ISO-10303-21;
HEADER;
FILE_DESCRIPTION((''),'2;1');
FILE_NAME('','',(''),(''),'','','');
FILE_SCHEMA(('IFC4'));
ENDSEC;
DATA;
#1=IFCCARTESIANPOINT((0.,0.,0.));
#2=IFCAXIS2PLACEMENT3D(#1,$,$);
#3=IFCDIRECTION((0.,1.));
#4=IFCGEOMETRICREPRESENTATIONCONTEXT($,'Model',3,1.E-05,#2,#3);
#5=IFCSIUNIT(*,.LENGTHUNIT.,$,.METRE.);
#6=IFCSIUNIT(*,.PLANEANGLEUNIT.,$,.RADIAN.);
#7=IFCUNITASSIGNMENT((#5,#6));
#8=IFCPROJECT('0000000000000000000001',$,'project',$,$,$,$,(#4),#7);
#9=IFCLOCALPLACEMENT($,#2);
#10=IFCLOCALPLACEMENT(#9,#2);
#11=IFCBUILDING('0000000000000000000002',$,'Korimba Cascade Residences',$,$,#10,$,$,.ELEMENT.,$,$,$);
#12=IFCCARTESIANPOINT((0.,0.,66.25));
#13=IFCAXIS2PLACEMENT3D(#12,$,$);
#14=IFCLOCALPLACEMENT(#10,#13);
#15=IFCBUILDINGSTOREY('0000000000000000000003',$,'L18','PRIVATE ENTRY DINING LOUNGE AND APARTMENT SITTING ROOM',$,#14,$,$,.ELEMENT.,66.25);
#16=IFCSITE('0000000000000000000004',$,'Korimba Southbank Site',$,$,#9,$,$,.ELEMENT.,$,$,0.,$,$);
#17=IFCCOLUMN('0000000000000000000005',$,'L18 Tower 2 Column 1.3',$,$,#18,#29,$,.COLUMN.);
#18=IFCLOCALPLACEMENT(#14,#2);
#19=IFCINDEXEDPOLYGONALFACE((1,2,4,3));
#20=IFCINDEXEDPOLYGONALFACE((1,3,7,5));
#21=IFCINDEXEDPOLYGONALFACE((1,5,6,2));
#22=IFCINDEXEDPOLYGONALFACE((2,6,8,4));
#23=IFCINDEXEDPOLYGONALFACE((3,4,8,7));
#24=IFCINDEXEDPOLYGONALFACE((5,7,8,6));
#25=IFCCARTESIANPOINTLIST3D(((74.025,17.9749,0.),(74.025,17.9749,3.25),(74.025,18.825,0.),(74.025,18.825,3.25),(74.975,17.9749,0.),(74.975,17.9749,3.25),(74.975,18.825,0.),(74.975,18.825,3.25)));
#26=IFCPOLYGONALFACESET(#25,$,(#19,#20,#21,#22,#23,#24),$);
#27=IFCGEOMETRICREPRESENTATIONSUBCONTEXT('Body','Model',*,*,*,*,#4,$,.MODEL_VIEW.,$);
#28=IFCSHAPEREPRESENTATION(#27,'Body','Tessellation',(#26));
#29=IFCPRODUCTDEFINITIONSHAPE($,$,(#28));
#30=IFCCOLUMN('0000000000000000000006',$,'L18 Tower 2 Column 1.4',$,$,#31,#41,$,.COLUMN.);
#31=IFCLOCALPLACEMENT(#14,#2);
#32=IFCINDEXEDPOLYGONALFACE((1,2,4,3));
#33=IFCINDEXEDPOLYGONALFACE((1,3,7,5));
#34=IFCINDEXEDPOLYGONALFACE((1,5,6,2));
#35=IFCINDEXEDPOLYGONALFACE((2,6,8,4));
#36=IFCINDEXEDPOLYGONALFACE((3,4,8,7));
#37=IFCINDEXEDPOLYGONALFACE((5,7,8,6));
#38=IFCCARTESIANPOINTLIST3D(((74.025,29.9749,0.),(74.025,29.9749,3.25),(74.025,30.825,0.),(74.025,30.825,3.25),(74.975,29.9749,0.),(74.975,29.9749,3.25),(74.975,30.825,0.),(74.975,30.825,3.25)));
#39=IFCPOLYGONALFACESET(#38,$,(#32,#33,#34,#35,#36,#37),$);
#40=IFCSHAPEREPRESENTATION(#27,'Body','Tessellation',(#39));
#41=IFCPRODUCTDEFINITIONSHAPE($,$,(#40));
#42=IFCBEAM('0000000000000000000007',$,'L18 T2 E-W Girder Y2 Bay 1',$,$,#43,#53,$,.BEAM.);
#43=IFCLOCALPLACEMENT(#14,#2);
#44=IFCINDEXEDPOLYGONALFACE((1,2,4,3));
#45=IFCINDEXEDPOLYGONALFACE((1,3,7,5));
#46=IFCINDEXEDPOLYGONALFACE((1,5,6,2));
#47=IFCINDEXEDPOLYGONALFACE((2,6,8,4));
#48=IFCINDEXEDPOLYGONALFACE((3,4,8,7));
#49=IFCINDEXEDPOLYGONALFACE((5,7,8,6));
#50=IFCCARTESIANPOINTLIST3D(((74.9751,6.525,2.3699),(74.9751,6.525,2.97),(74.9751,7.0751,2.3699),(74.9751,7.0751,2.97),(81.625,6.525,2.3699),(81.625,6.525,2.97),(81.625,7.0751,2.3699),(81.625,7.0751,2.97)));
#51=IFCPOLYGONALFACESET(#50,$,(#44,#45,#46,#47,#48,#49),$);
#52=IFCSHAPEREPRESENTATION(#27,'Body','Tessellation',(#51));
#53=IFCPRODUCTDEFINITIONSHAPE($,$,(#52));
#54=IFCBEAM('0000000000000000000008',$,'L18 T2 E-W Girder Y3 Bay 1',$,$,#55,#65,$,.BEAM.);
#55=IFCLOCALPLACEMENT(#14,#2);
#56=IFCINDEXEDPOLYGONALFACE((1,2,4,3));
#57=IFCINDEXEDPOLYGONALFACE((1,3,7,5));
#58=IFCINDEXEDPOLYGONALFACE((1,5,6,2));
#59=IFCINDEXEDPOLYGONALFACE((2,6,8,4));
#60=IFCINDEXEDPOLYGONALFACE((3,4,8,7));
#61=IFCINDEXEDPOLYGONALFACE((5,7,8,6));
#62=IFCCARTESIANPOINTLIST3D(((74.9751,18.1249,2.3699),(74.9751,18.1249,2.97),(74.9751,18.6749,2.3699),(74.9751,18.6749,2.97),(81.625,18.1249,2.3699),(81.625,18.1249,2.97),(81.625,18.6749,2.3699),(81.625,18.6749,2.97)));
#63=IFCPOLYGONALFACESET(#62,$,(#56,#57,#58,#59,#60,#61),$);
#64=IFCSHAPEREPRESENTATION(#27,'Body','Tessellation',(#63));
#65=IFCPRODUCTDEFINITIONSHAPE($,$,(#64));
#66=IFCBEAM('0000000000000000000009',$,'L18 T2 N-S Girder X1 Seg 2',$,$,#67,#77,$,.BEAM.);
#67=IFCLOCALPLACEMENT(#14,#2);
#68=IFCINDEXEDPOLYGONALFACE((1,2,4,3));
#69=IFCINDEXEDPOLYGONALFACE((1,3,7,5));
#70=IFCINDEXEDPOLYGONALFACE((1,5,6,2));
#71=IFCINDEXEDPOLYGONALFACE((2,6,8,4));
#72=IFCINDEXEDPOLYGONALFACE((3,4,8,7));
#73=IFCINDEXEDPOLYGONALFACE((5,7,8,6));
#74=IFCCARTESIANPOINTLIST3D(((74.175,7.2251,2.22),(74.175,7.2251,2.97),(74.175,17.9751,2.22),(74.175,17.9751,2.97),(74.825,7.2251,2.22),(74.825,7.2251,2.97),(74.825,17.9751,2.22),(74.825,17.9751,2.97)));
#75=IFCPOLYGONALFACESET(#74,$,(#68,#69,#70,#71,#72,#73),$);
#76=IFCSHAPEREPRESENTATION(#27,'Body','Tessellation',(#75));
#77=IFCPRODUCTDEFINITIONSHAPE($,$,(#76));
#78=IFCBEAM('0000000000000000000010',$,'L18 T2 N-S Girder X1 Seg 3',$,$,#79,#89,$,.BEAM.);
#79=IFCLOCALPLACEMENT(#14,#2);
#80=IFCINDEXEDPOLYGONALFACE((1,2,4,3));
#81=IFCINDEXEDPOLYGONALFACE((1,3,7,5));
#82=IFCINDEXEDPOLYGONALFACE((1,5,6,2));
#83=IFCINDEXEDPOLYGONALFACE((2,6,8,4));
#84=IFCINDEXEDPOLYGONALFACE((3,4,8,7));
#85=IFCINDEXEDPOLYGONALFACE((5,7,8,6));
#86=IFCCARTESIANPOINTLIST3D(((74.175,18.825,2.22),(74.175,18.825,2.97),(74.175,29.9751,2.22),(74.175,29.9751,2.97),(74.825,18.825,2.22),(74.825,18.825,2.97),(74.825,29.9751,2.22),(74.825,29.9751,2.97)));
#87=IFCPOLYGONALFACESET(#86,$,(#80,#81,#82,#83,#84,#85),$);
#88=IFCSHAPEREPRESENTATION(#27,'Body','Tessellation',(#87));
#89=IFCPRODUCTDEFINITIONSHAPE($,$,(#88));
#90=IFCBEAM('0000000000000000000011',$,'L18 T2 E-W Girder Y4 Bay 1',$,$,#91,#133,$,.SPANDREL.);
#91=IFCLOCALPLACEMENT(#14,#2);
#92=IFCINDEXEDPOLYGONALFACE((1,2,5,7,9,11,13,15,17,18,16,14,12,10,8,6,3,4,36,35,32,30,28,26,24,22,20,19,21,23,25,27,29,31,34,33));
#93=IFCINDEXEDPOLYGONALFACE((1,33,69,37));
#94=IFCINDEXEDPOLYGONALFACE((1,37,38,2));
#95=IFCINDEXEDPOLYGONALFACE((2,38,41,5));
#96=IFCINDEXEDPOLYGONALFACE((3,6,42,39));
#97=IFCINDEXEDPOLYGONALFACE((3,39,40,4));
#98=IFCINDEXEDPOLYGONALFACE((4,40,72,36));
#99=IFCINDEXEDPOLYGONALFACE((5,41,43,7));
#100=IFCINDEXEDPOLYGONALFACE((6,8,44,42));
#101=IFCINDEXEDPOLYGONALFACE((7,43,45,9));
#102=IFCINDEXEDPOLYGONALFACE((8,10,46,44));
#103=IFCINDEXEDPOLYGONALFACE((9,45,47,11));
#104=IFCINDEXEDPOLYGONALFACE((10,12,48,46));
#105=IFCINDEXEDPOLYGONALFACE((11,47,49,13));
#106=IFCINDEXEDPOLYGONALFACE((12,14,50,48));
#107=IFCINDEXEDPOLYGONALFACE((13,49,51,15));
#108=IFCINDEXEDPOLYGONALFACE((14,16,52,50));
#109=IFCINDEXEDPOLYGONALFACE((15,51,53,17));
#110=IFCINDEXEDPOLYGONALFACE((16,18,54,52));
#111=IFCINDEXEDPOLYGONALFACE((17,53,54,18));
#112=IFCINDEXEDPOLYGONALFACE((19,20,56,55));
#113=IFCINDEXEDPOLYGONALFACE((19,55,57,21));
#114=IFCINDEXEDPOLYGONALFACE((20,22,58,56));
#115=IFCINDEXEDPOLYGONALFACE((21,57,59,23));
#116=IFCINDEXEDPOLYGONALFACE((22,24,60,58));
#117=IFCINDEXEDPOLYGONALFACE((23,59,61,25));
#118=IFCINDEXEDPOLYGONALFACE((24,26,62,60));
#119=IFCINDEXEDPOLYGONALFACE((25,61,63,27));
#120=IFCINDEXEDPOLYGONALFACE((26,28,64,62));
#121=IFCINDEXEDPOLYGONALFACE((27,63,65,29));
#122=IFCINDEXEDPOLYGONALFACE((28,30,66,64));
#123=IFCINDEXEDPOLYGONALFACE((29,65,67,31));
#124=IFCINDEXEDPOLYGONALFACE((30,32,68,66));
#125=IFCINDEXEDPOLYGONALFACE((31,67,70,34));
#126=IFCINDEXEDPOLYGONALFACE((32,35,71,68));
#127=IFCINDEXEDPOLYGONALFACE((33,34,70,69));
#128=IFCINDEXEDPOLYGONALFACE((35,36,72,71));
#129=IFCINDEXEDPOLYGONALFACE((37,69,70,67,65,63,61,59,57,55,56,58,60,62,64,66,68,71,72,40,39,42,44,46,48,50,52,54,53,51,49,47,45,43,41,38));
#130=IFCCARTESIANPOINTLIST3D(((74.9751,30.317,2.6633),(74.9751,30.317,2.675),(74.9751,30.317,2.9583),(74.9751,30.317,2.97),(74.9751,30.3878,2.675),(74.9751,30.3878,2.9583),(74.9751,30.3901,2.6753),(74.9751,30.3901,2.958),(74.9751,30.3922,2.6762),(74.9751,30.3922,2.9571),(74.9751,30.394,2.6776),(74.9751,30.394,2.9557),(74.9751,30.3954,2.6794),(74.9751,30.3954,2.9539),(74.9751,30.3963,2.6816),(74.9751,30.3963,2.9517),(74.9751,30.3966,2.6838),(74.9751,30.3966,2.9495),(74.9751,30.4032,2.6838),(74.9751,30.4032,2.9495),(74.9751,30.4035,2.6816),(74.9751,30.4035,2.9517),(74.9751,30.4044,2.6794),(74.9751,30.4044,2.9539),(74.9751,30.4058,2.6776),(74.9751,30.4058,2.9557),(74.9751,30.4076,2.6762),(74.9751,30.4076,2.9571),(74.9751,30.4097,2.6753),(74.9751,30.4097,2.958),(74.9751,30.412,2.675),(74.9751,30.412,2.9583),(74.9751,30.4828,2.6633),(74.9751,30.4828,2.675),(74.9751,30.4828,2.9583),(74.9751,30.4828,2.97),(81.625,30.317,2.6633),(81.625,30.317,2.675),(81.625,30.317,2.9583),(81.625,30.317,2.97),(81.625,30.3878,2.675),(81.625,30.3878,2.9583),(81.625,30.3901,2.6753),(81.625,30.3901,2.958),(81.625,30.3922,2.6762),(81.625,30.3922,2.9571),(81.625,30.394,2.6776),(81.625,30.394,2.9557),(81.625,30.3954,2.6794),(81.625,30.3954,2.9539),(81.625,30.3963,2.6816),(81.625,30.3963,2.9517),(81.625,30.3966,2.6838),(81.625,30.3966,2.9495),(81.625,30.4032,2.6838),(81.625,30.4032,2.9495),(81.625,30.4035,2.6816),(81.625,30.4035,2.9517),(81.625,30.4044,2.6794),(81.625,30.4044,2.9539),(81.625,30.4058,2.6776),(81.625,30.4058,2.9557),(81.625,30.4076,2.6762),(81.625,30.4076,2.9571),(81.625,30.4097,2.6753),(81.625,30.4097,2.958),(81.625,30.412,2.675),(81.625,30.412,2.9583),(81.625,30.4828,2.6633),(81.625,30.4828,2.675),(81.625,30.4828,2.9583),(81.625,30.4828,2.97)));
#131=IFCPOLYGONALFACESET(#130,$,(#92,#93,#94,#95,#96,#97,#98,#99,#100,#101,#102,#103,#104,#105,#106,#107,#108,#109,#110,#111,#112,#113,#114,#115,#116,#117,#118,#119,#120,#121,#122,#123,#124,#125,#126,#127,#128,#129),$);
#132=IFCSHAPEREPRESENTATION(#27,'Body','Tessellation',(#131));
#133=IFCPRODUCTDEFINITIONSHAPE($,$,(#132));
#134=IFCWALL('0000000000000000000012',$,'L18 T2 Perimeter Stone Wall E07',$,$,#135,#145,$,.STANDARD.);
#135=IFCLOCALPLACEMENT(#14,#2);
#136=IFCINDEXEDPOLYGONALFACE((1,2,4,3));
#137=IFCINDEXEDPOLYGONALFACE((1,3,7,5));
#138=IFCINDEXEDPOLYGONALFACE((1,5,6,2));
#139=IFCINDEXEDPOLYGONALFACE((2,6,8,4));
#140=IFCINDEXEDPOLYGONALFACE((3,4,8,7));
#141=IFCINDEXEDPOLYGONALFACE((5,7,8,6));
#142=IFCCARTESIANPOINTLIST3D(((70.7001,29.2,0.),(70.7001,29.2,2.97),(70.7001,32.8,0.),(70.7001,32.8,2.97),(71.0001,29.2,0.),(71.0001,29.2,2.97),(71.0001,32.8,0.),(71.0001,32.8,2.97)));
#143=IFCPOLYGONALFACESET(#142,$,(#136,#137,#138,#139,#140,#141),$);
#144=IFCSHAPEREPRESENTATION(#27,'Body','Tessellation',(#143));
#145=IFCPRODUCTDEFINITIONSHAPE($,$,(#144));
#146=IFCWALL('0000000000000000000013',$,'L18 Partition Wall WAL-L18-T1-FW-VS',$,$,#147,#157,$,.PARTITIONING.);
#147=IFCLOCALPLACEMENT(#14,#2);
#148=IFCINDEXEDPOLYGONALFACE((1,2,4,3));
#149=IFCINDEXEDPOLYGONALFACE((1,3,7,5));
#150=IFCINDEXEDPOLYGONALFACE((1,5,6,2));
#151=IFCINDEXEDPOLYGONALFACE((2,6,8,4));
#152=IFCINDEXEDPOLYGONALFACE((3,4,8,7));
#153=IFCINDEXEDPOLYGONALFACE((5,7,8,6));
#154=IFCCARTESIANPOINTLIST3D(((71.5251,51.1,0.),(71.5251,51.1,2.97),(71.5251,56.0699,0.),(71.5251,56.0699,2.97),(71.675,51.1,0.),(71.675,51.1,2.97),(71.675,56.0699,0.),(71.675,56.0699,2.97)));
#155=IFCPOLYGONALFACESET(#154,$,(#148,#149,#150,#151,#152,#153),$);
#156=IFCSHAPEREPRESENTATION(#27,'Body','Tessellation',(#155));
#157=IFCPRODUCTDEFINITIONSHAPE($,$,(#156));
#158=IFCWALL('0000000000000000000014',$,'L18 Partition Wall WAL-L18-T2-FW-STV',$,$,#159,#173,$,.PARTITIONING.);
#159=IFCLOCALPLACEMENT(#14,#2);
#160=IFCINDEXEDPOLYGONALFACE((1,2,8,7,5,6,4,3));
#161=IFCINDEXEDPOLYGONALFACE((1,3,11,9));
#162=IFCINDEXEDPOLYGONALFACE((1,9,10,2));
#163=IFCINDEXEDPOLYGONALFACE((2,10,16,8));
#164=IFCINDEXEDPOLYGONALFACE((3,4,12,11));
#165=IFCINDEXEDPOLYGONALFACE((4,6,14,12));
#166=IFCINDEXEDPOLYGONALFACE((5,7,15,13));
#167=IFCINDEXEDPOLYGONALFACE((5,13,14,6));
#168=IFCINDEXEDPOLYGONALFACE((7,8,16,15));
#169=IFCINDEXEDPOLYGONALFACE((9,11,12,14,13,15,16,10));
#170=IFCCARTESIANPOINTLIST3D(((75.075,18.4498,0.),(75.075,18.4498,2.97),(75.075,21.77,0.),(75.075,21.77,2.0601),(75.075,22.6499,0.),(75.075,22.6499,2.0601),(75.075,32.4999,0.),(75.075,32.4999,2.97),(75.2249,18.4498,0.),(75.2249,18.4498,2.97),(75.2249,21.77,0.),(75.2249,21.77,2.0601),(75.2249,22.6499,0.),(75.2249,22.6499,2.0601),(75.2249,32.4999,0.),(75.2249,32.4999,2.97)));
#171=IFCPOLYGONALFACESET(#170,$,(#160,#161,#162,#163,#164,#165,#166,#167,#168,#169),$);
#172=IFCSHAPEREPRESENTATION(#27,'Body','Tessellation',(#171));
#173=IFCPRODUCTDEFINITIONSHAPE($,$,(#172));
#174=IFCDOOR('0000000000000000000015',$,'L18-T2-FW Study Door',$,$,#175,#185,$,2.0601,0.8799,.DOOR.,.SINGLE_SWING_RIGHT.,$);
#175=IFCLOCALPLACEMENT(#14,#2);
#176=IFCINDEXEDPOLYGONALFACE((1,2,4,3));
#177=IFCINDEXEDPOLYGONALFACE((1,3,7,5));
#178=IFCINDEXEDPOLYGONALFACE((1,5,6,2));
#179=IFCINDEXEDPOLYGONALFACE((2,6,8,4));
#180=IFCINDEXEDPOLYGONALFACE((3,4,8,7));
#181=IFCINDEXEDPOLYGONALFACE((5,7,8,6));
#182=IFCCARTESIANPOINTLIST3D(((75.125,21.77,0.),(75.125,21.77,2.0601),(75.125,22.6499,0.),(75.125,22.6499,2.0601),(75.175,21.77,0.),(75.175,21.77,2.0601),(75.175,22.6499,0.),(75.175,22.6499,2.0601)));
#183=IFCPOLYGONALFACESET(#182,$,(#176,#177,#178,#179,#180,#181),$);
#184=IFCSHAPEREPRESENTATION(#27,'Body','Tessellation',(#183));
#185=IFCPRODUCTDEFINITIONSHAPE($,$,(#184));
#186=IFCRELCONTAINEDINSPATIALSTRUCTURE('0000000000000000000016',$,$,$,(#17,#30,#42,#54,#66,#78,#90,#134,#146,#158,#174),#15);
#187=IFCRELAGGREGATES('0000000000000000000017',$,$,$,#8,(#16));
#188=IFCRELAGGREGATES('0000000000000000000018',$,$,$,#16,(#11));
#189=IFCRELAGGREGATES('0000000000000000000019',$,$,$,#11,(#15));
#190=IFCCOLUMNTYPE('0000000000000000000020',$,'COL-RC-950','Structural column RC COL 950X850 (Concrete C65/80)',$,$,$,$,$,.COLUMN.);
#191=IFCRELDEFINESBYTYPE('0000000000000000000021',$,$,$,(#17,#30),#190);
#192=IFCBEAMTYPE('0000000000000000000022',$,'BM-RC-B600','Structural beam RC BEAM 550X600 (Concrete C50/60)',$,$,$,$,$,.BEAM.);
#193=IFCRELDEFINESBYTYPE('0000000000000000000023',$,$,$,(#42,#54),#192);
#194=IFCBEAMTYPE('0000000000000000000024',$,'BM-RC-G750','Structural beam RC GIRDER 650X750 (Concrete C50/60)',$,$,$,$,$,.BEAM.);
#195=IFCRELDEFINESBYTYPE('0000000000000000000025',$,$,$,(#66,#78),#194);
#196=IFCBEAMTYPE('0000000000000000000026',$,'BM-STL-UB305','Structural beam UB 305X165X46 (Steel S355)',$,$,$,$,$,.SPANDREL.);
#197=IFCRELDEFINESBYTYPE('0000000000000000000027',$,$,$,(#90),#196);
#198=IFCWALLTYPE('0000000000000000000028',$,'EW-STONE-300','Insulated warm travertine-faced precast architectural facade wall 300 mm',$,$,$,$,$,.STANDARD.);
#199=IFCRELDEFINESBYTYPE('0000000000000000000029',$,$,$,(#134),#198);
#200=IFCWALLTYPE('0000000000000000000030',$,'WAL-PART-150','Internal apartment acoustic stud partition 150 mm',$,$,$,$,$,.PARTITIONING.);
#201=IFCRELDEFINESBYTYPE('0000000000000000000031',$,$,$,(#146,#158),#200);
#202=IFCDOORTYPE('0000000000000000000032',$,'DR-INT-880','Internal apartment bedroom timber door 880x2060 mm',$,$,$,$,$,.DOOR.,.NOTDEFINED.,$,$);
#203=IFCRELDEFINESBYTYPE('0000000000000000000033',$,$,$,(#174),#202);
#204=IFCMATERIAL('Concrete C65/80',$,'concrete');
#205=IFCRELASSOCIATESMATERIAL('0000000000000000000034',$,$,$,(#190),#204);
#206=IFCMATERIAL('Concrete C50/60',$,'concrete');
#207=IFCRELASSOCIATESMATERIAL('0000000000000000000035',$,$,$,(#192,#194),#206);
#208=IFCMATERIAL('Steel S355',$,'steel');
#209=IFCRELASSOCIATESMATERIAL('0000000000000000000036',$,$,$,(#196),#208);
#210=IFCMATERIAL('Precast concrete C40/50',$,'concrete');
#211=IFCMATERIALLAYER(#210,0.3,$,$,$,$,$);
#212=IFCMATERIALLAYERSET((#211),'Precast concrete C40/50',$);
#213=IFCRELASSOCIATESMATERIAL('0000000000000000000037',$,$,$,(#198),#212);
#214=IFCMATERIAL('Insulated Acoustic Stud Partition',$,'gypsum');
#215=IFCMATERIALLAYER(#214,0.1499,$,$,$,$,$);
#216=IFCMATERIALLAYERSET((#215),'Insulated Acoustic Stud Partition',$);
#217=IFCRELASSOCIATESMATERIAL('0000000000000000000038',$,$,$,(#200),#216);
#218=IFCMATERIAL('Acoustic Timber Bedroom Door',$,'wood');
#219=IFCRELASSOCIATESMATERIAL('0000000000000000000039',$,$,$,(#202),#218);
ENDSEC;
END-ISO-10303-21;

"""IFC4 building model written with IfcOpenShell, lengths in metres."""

from ifc_helpers import new_model, si_unit, direction, frame, frame_2d, origin, origin_2d, place, context, subcontext, project, spatial, rectangle, i_section, extrude, material, layer, layer_set, material_profile, profile_set, type_object, element, fill, save


model = new_model("IFC4")

# Units and contexts
model_context = context("Model", 3, precision=1e-05, world=origin(), true_north=direction((0.0, 1.0)))
body_context = subcontext(model_context, "Body", "Model", "MODEL_VIEW")
ifc_project = project(units=[si_unit("LENGTHUNIT", "METRE"), si_unit("PLANEANGLEUNIT", "RADIAN")], contexts=[model_context])

# Site, building, storey
site_placement = place(None, origin())
site = spatial("IfcSite", under=ifc_project, at=site_placement, Name="Korimba Southbank Site", CompositionType="ELEMENT", RefElevation=0.0)
building_placement = place(site_placement, origin())
building = spatial("IfcBuilding", under=site, at=building_placement, Name="Korimba Cascade Residences", CompositionType="ELEMENT")
storey_placement = place(building_placement, frame((0.0, 0.0, 66.25)))
storey = spatial("IfcBuildingStorey", under=building, at=storey_placement, Name="L18", Description="PRIVATE ENTRY DINING LOUNGE AND APARTMENT SITTING ROOM", CompositionType="ELEMENT", Elevation=66.25)

# Columns
ifc_material_1 = material(Name="Concrete C65/80", Category="concrete")
ifc_material_profile_1 = material_profile(ifc_material_1, rectangle(XDim=0.95, YDim=0.8501, at=origin_2d()), Name="Concrete C65/80")
ifc_profile_set_1 = profile_set([ifc_material_profile_1], Name="Concrete C65/80")
column_type = type_object("IfcColumnType", Name="COL-RC-950", Description="Structural column RC COL 950X850 (Concrete C65/80)", PredefinedType="COLUMN", material=ifc_profile_set_1)
for number, where, z_axis, x_axis, name in (
    (1, (74.5, 18.3999, 0.0), (0.0, 0.0, 1.0), (1.0, 0.0, 0.0), "L18 Tower 2 Column 1.3"),
    (2, (74.5, 30.3999, 0.0), (0.0, 0.0, 1.0), (1.0, 0.0, 0.0), "L18 Tower 2 Column 1.4"),
):
    element("IfcColumn", number, at=place(storey_placement, frame(where, z_axis=z_axis, x_axis=x_axis)), inside=storey, type_object=column_type, Name=name, PredefinedType="COLUMN", context=body_context, shape_type="SweptSolid", body=[
        extrude(rectangle(XDim=0.95, YDim=0.8501, at=origin_2d()), origin(), (0.0, 0.0, 1.0), 3.25),
    ])

# Beams
ifc_material_2 = material(Name="Concrete C50/60", Category="concrete")
ifc_material_profile_2 = material_profile(ifc_material_2, rectangle(XDim=0.55, YDim=0.6001, at=origin_2d()), Name="Concrete C50/60")
ifc_profile_set_2 = profile_set([ifc_material_profile_2], Name="Concrete C50/60")
beam_type_1 = type_object("IfcBeamType", Name="BM-RC-B600", Description="Structural beam RC BEAM 550X600 (Concrete C50/60)", PredefinedType="BEAM", material=ifc_profile_set_2)
for number, where, z_axis, x_axis, name in (
    (3, (74.9751, 6.8, 2.6699), (1.0, 0.0, 0.0), (0.0, 1.0, 0.0), "L18 T2 E-W Girder Y2 Bay 1"),
    (4, (74.9751, 18.3999, 2.6699), (1.0, 0.0, 0.0), (0.0, 1.0, 0.0), "L18 T2 E-W Girder Y3 Bay 1"),
):
    element("IfcBeam", number, at=place(storey_placement, frame(where, z_axis=z_axis, x_axis=x_axis)), inside=storey, type_object=beam_type_1, Name=name, PredefinedType="BEAM", context=body_context, shape_type="SweptSolid", body=[
        extrude(rectangle(XDim=0.55, YDim=0.6001, at=origin_2d()), origin(), (0.0, 0.0, 1.0), 6.6499),
    ])
ifc_material_profile_3 = material_profile(ifc_material_2, rectangle(XDim=0.6499, YDim=0.75, at=origin_2d()), Name="Concrete C50/60")
ifc_profile_set_3 = profile_set([ifc_material_profile_3], Name="Concrete C50/60")
beam_type_2 = type_object("IfcBeamType", Name="BM-RC-G750", Description="Structural beam RC GIRDER 650X750 (Concrete C50/60)", PredefinedType="BEAM", material=ifc_profile_set_3)
beam_1_placement = place(storey_placement, frame((74.5, 7.2251, 2.595), z_axis=(0.0, 1.0, 0.0), x_axis=(-1.0, 0.0, 0.0)))
element("IfcBeam", 5, at=beam_1_placement, inside=storey, type_object=beam_type_2, Name="L18 T2 N-S Girder X1 Seg 2", PredefinedType="BEAM", context=body_context, shape_type="SweptSolid", body=[
    extrude(rectangle(XDim=0.6499, YDim=0.75, at=origin_2d()), origin(), (0.0, 0.0, 1.0), 10.75),
])
beam_2_placement = place(storey_placement, frame((74.5, 18.825, 2.595), z_axis=(0.0, 1.0, 0.0), x_axis=(-1.0, 0.0, 0.0)))
element("IfcBeam", 6, at=beam_2_placement, inside=storey, type_object=beam_type_2, Name="L18 T2 N-S Girder X1 Seg 3", PredefinedType="BEAM", context=body_context, shape_type="SweptSolid", body=[
    extrude(rectangle(XDim=0.6499, YDim=0.75, at=origin_2d()), origin(), (0.0, 0.0, 1.0), 11.1501),
])
ifc_material_3 = material(Name="Steel S355", Category="steel")
ifc_material_profile_4 = material_profile(ifc_material_3, i_section(OverallWidth=0.1658, OverallDepth=0.3066, WebThickness=0.0066, FlangeThickness=0.0117, FilletRadius=0.0088, at=origin_2d()), Name="Steel S355")
ifc_profile_set_4 = profile_set([ifc_material_profile_4], Name="Steel S355")
beam_type_3 = type_object("IfcBeamType", Name="BM-STL-UB305", Description="Structural beam UB 305X165X46 (Steel S355)", PredefinedType="SPANDREL", material=ifc_profile_set_4)
beam_3_placement = place(storey_placement, frame((74.9751, 30.3999, 2.8167), z_axis=(1.0, 0.0, 0.0), x_axis=(0.0, 1.0, 0.0)))
element("IfcBeam", 7, at=beam_3_placement, inside=storey, type_object=beam_type_3, Name="L18 T2 E-W Girder Y4 Bay 1", PredefinedType="SPANDREL", context=body_context, shape_type="SweptSolid", body=[
    extrude(i_section(OverallWidth=0.1658, OverallDepth=0.3066, WebThickness=0.0066, FlangeThickness=0.0117, FilletRadius=0.0088, at=origin_2d()), origin(), (0.0, 0.0, 1.0), 6.6499),
])

# Walls
ifc_material_4 = material(Name="Precast concrete C40/50", Category="concrete")
ifc_layer_1 = layer(ifc_material_4, 0.3)
ifc_layer_set_1 = layer_set([ifc_layer_1], Name="Precast concrete C40/50")
wall_type_1 = type_object("IfcWallType", Name="EW-STONE-300", Description="Insulated warm travertine-faced precast architectural facade wall 300 mm", PredefinedType="STANDARD", material=ifc_layer_set_1)
wall_1_placement = place(storey_placement, frame((70.8501, 32.8, 0.0), z_axis=(0.0, 0.0, 1.0), x_axis=(0.0, -1.0, 0.0)))
element("IfcWall", 8, at=wall_1_placement, inside=storey, type_object=wall_type_1, Name="L18 T2 Perimeter Stone Wall E07", PredefinedType="STANDARD", context=body_context, shape_type="SweptSolid", body=[
    extrude(rectangle(XDim=3.6001, YDim=0.3, at=frame_2d((1.8, 0.0))), origin(), (0.0, 0.0, 1.0), 2.97),
])
ifc_material_5 = material(Name="Insulated Acoustic Stud Partition", Category="gypsum")
ifc_layer_2 = layer(ifc_material_5, 0.1499)
ifc_layer_set_2 = layer_set([ifc_layer_2], Name="Insulated Acoustic Stud Partition")
wall_type_2 = type_object("IfcWallType", Name="WAL-PART-150", Description="Internal apartment acoustic stud partition 150 mm", PredefinedType="PARTITIONING", material=ifc_layer_set_2)
wall_2_placement = place(storey_placement, frame((71.6001, 51.1001, 0.0), z_axis=(0.0, 0.0, 1.0), x_axis=(0.0, 1.0, 0.0)))
element("IfcWall", 9, at=wall_2_placement, inside=storey, type_object=wall_type_2, Name="L18 Partition Wall WAL-L18-T1-FW-VS", PredefinedType="PARTITIONING", context=body_context, shape_type="SweptSolid", body=[
    extrude(rectangle(XDim=4.97, YDim=0.1499, at=frame_2d((2.4849, 0.0))), origin(), (0.0, 0.0, 1.0), 2.97),
])

# Wall, opening, door
wall_3_placement = place(storey_placement, frame((75.1499, 18.45, 0.0), z_axis=(0.0, 0.0, 1.0), x_axis=(0.0, 1.0, 0.0)))
wall_3 = element("IfcWall", 10, at=wall_3_placement, inside=storey, type_object=wall_type_2, Name="L18 Partition Wall WAL-L18-T2-FW-STV", PredefinedType="PARTITIONING", context=body_context, shape_type="SweptSolid", body=[
    extrude(rectangle(XDim=14.05, YDim=0.1499, at=frame_2d((7.0249, 0.0))), origin(), (0.0, 0.0, 1.0), 2.97),
])
opening_1_placement = place(wall_3_placement, frame((3.3201, 0.0, 0.0)))
opening_1 = element("IfcOpeningElement", 11, at=opening_1_placement, cuts=wall_3, PredefinedType="OPENING", context=body_context, shape_type="SweptSolid", body=[
    extrude(rectangle(XDim=0.8799, YDim=2.0601, at=frame_2d((0.4399, 1.03))), frame((0.0, 0.085, 0.0), z_axis=(0.0, -1.0, 0.0), x_axis=(1.0, 0.0, 0.0)), (0.0, 0.0, 1.0), 0.1699),
])
ifc_material_6 = material(Name="Acoustic Timber Bedroom Door", Category="wood")
door_type_1 = type_object("IfcDoorType", Name="DR-INT-880", Description="Internal apartment bedroom timber door 880x2060 mm", OperationType="NOTDEFINED", PredefinedType="DOOR", material=ifc_material_6)
door_1_placement = place(opening_1_placement, origin())
door_1 = element("IfcDoor", 12, at=door_1_placement, inside=storey, type_object=door_type_1, Name="L18-T2-FW Study Door", OperationType="SINGLE_SWING_RIGHT", OverallHeight=2.0601, OverallWidth=0.8799, PredefinedType="DOOR", context=body_context, shape_type="SweptSolid", body=[
    extrude(rectangle(XDim=0.8799, YDim=2.0601, at=frame_2d((0.4399, 1.03))), frame((0.0, 0.0249, 0.0), z_axis=(0.0, -1.0, 0.0), x_axis=(1.0, 0.0, 0.0)), (0.0, 0.0, 1.0), 0.05),
])
fill(opening_1, door_1)

save(model, "model.ifc")
